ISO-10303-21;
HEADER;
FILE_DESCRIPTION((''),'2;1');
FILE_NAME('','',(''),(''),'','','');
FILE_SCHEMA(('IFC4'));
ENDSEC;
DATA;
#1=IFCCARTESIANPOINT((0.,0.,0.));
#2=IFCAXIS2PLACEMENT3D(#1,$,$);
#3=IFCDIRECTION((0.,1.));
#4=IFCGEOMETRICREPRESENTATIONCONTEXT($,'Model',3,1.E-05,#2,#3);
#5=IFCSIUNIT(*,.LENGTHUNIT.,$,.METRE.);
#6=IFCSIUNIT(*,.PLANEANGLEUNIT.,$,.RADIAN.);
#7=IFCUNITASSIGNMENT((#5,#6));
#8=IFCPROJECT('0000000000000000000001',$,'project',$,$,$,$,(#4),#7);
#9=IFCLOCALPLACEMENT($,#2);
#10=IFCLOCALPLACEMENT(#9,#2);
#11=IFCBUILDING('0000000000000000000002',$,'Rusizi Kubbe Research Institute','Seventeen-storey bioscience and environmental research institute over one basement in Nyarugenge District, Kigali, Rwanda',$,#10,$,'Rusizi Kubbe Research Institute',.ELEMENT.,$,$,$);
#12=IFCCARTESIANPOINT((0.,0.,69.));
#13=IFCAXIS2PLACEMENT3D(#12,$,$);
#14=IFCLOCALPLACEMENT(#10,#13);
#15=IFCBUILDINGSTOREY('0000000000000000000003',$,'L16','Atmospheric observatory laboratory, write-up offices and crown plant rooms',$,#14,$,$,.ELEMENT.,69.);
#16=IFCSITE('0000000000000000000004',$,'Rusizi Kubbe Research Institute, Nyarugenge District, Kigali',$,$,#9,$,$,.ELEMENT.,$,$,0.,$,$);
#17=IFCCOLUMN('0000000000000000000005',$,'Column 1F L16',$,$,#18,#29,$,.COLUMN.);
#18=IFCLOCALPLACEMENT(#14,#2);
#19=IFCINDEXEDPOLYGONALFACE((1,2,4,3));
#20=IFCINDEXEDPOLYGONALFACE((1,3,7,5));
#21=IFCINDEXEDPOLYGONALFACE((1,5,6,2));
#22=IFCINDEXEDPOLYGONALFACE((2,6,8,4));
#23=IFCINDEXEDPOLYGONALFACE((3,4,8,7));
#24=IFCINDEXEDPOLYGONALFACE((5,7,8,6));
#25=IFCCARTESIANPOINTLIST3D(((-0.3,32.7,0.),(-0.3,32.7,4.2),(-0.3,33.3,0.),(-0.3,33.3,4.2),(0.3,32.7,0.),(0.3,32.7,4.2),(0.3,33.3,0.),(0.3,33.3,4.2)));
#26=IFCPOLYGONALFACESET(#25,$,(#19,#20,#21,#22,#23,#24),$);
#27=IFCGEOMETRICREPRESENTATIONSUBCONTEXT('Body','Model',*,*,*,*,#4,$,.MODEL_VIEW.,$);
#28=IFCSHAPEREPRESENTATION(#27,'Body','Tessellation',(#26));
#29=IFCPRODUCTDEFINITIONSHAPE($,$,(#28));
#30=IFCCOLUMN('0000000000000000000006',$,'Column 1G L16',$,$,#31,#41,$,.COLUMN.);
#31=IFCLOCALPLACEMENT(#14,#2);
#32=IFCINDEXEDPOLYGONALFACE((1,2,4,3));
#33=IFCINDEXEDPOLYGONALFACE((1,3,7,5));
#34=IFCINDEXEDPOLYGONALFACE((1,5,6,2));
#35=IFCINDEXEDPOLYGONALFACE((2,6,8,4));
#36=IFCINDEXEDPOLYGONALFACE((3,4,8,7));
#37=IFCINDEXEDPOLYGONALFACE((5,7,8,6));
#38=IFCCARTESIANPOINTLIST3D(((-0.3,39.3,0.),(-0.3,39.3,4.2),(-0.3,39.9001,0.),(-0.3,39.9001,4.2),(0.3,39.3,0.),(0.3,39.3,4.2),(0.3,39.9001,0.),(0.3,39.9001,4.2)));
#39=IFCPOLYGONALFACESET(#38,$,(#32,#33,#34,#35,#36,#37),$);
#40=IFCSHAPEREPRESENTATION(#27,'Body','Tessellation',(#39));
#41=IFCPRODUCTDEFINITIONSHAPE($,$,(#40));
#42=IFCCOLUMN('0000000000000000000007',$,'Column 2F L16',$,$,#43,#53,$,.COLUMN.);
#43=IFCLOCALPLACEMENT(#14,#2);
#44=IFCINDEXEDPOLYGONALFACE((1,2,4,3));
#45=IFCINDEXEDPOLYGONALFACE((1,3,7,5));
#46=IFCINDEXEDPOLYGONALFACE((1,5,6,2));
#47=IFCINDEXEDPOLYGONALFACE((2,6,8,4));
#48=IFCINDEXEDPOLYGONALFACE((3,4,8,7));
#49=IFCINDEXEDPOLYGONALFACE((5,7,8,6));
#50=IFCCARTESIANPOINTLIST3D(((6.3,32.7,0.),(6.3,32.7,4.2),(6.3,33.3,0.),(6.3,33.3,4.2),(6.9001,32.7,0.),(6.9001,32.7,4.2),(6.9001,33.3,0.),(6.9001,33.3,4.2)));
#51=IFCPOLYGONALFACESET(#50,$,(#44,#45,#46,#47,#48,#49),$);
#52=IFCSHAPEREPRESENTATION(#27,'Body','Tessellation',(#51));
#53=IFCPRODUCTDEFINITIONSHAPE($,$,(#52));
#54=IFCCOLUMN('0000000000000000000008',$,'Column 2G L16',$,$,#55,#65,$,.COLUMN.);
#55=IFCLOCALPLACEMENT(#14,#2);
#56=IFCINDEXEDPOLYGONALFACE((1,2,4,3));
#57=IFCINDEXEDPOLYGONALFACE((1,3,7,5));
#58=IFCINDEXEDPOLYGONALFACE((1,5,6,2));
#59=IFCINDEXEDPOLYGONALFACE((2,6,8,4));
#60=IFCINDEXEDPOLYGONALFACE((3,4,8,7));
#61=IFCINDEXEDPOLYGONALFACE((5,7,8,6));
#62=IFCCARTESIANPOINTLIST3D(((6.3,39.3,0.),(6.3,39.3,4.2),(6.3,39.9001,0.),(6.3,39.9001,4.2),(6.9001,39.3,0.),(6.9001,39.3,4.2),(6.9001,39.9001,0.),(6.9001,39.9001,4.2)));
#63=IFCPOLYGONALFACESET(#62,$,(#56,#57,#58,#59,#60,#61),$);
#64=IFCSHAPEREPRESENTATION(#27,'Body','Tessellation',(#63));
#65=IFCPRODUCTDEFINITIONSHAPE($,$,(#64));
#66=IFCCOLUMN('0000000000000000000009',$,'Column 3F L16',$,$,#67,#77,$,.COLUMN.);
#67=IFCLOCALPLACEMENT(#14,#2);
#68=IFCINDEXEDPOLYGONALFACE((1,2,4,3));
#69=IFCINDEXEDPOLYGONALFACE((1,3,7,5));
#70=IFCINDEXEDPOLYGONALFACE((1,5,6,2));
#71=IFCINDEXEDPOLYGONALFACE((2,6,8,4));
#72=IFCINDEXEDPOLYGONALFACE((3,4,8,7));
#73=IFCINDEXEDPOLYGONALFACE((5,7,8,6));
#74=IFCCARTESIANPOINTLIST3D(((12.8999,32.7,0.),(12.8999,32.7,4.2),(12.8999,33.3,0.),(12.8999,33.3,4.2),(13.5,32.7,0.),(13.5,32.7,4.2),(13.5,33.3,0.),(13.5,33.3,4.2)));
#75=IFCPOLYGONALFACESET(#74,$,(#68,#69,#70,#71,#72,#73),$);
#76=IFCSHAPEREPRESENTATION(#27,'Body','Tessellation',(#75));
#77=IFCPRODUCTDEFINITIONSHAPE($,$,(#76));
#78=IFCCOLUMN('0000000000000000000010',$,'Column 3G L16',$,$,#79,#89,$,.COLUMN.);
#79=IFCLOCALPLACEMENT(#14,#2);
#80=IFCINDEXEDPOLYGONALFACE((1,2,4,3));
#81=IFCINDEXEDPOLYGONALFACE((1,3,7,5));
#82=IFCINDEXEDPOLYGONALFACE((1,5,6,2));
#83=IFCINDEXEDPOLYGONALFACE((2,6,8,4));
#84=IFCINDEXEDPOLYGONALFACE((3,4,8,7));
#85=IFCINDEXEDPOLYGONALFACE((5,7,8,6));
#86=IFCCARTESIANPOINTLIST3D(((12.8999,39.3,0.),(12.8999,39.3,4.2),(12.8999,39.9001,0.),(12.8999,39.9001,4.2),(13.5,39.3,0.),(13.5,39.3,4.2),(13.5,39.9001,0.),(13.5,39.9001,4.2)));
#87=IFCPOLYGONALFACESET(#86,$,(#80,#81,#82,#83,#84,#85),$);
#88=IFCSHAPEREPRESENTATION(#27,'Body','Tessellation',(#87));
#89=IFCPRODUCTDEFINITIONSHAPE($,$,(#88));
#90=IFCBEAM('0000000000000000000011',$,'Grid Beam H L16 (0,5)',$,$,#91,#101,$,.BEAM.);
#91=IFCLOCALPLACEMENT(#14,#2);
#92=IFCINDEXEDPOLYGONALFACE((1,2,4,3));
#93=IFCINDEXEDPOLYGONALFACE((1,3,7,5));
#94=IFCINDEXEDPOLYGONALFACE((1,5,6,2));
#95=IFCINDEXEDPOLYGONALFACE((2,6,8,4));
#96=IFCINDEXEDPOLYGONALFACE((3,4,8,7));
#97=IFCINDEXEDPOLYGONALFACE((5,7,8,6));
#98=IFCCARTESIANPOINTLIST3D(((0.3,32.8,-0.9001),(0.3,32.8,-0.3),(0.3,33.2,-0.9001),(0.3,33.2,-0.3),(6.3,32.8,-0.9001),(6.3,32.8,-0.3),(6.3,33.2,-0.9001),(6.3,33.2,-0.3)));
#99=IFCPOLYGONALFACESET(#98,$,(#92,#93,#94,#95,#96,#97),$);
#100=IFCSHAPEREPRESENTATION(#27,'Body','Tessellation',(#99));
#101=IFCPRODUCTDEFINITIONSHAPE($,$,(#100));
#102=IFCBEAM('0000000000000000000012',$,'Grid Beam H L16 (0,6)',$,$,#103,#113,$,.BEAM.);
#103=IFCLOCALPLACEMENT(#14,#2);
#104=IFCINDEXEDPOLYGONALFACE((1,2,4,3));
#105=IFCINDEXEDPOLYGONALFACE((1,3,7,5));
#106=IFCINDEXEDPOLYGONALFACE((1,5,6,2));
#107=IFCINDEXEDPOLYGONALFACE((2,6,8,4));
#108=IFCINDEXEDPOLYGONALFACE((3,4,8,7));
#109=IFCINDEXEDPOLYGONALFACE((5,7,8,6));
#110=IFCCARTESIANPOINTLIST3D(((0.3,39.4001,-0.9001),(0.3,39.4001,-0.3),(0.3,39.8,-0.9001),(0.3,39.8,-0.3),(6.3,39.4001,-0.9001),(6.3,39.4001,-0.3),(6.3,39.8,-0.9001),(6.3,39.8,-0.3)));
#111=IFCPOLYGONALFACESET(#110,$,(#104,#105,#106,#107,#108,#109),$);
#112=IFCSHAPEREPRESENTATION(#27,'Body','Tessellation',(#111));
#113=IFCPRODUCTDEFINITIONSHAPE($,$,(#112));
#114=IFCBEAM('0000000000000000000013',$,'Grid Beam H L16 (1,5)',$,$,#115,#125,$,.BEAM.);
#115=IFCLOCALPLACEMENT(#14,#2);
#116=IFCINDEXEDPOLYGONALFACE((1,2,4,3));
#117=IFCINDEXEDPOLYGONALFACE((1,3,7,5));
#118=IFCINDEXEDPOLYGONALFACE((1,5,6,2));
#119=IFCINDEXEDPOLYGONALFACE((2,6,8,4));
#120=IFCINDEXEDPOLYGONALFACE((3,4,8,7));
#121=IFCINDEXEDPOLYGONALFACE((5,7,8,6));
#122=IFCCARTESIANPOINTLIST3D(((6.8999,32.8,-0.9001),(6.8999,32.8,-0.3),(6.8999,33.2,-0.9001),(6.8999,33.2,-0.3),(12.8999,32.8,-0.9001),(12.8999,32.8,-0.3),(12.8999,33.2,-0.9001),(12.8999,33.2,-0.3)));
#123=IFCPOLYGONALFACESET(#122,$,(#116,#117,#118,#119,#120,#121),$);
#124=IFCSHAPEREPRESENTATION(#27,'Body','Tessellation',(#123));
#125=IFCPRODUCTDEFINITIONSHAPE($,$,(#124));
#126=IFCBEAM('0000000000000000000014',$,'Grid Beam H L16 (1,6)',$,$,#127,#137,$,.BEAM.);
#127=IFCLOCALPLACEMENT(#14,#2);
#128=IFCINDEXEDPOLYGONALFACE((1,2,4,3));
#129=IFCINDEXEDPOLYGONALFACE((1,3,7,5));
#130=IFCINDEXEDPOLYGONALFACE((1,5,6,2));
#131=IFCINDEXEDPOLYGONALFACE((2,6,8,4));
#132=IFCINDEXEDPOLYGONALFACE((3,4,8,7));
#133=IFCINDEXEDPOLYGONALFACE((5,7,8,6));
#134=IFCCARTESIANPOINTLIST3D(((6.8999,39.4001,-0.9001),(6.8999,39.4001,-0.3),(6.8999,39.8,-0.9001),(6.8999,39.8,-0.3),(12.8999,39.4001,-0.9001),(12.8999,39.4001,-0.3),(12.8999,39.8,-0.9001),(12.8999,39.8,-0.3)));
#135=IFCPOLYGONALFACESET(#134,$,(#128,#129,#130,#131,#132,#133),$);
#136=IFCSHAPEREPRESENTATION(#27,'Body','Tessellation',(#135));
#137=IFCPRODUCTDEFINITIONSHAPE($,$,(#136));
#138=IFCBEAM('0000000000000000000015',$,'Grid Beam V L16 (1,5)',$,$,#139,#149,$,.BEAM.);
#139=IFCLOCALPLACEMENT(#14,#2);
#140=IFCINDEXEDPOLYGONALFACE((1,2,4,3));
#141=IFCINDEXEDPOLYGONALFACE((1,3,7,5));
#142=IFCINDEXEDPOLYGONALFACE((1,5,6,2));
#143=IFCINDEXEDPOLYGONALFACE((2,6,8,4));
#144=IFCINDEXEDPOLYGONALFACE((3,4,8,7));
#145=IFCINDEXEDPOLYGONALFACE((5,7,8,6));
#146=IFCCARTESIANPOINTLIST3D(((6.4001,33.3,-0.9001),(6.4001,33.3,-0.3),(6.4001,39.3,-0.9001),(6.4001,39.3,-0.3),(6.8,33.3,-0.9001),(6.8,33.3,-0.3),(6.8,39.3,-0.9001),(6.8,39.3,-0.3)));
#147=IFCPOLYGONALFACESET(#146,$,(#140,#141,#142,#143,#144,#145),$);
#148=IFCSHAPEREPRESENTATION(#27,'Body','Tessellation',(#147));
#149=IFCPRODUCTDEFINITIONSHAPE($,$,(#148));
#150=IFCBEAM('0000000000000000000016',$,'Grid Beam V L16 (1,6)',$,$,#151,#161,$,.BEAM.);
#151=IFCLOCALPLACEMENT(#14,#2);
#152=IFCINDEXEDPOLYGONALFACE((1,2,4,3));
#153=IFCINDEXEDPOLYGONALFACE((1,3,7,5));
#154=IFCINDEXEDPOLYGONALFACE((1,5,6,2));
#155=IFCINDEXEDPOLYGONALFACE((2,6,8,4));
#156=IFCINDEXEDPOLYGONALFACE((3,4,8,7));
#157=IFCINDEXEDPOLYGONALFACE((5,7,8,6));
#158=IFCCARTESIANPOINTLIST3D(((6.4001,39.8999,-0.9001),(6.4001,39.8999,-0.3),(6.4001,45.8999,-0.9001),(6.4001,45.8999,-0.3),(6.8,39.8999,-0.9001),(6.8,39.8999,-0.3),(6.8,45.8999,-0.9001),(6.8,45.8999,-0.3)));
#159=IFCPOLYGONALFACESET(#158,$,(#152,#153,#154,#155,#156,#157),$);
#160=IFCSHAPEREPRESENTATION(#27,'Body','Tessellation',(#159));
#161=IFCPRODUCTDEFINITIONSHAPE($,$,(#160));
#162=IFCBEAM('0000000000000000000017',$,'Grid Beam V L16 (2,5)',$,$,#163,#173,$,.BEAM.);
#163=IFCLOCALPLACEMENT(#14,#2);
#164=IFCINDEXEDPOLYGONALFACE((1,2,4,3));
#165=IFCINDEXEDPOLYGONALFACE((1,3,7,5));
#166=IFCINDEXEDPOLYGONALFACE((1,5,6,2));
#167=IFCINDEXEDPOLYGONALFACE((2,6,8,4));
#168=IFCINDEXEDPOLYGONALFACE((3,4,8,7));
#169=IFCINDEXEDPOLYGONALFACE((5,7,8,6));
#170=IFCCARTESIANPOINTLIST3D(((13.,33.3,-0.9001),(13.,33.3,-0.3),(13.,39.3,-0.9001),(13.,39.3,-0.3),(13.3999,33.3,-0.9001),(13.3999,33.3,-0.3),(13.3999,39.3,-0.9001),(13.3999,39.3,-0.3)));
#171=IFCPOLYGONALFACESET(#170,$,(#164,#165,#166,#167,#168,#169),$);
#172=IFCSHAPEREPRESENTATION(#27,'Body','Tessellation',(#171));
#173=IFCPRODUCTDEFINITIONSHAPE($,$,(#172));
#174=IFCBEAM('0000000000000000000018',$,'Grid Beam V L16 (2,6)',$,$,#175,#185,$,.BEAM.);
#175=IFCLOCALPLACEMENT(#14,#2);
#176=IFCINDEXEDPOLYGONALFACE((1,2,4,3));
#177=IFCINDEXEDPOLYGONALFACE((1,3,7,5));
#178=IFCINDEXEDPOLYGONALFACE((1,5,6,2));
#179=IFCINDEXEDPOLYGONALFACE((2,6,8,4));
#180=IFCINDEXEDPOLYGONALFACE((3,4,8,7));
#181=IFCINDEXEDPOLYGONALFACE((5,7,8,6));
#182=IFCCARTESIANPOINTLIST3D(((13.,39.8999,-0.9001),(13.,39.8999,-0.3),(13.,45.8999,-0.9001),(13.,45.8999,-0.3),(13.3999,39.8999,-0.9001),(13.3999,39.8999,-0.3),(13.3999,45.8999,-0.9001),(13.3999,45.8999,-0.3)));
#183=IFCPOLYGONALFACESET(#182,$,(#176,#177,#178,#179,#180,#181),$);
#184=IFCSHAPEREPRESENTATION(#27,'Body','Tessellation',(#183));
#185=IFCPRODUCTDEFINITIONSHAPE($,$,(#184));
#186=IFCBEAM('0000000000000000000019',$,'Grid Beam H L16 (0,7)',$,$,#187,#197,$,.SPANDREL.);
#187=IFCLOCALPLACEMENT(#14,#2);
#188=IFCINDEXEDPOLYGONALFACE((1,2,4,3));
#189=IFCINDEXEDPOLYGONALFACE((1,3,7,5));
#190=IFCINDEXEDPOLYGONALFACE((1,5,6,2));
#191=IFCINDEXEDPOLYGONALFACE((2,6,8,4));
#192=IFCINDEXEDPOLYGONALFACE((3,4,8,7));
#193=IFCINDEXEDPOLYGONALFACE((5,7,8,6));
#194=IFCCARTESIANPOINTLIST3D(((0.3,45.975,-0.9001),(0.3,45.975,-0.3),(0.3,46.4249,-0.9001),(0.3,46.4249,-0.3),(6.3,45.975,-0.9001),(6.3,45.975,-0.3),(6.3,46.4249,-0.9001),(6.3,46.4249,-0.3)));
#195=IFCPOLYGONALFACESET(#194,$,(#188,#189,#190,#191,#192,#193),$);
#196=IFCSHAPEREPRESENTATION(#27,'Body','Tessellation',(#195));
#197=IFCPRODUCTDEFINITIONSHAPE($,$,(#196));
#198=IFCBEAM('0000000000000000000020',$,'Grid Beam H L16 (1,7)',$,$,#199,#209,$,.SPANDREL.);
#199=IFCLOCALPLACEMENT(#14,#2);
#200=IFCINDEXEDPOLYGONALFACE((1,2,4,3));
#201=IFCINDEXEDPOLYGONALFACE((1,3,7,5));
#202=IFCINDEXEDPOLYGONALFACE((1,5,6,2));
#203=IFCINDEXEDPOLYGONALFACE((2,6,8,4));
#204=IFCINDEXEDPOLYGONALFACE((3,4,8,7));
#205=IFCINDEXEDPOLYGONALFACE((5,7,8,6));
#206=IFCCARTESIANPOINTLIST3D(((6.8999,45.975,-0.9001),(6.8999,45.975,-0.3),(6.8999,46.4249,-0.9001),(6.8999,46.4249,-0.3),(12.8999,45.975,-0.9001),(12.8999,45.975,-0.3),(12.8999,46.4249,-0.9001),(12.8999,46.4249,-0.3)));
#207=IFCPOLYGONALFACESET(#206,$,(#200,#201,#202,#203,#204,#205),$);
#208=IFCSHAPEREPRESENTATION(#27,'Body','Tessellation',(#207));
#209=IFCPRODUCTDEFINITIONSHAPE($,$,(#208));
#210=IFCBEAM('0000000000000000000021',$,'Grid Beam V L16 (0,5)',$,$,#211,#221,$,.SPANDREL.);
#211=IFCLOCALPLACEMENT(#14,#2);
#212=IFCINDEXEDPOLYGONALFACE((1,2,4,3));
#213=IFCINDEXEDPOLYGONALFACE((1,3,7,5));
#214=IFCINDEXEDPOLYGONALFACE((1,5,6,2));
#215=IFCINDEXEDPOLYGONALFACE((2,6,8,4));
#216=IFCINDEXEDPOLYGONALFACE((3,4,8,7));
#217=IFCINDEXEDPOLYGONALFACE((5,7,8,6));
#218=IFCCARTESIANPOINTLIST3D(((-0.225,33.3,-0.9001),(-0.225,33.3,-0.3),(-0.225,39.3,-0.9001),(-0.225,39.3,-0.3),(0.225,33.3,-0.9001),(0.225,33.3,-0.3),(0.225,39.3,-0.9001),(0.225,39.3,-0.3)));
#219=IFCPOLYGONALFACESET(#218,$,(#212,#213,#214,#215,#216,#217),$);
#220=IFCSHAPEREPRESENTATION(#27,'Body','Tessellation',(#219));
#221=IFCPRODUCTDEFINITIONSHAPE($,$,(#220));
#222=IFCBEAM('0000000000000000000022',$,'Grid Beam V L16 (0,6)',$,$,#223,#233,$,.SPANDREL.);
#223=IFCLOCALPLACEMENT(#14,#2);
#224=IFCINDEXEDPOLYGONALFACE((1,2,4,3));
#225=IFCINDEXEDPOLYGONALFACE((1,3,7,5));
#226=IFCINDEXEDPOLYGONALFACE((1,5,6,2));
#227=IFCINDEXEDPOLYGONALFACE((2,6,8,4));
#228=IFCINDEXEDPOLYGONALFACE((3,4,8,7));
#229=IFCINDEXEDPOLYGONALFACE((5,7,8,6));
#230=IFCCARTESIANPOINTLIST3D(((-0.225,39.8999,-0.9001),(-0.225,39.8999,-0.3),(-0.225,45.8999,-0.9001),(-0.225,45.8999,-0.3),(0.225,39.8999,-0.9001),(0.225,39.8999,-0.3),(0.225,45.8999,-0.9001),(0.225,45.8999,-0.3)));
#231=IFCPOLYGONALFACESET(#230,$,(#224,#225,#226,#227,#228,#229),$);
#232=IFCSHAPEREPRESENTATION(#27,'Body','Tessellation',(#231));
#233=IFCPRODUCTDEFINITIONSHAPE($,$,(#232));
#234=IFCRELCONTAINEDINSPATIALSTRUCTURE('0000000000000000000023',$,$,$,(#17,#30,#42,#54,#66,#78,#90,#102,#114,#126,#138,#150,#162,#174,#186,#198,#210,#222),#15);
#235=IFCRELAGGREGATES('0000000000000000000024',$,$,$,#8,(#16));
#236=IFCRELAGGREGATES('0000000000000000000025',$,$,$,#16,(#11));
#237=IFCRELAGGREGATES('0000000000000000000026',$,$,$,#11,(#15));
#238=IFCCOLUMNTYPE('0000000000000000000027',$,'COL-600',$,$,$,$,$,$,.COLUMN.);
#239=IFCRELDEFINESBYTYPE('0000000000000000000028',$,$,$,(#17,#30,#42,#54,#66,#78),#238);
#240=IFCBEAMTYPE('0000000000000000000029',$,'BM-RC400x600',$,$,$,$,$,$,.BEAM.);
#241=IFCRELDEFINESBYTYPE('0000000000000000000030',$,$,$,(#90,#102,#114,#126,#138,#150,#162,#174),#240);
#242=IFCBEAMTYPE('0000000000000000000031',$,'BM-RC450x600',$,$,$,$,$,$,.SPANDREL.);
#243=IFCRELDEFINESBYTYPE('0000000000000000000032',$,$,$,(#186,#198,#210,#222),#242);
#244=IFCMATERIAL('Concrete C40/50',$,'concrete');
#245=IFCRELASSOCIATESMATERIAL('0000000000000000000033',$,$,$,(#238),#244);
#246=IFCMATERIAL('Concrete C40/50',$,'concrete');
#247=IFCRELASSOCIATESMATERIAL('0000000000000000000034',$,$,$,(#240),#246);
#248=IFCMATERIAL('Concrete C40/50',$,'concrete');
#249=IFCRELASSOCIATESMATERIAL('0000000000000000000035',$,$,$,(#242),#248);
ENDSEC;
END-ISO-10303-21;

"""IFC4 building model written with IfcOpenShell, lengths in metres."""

from ifc_helpers import new_model, si_unit, direction, frame, origin, origin_2d, place, context, subcontext, project, spatial, rectangle, extrude, material, material_profile, profile_set, type_object, element, save


model = new_model("IFC4")

# Units and contexts
model_context = context("Model", 3, precision=1e-05, world=origin(), true_north=direction((0.0, 1.0)))
body_context = subcontext(model_context, "Body", "Model", "MODEL_VIEW")
ifc_project = project(units=[si_unit("LENGTHUNIT", "METRE"), si_unit("PLANEANGLEUNIT", "RADIAN")], contexts=[model_context])

# Site, building, storey
site_placement = place(None, origin())
site = spatial("IfcSite", under=ifc_project, at=site_placement, Name="Rusizi Kubbe Research Institute, Nyarugenge District, Kigali", CompositionType="ELEMENT", RefElevation=0.0)
building_placement = place(site_placement, origin())
building = spatial("IfcBuilding", under=site, at=building_placement, Name="Rusizi Kubbe Research Institute", Description="Seventeen-storey bioscience and environmental research institute over one basement in Nyarugenge District, Kigali, Rwanda", LongName="Rusizi Kubbe Research Institute", CompositionType="ELEMENT")
storey_placement = place(building_placement, frame((0.0, 0.0, 69.0)))
storey = spatial("IfcBuildingStorey", under=building, at=storey_placement, Name="L16", Description="Atmospheric observatory laboratory, write-up offices and crown plant rooms", CompositionType="ELEMENT", Elevation=69.0)

# Columns
ifc_material_1 = material(Name="Concrete C40/50", Category="concrete")
ifc_material_profile_1 = material_profile(ifc_material_1, rectangle(XDim=0.6001, YDim=0.6001, at=origin_2d()), Name="RC600x600")
ifc_profile_set_1 = profile_set([ifc_material_profile_1], Name="Concrete C40/50")
column_type = type_object("IfcColumnType", Name="COL-600", PredefinedType="COLUMN", material=ifc_profile_set_1)
for number, where, z_axis, x_axis, name in (
    (1, (0.0, 33.0, 0.0), (0.0, 0.0, 1.0), (1.0, 0.0, 0.0), "Column 1F L16"),
    (2, (0.0, 39.6001, 0.0), (0.0, 0.0, 1.0), (1.0, 0.0, 0.0), "Column 1G L16"),
    (3, (6.6001, 33.0, 0.0), (0.0, 0.0, 1.0), (1.0, 0.0, 0.0), "Column 2F L16"),
    (4, (6.6001, 39.6001, 0.0), (0.0, 0.0, 1.0), (1.0, 0.0, 0.0), "Column 2G L16"),
    (5, (13.2, 33.0, 0.0), (0.0, 0.0, 1.0), (1.0, 0.0, 0.0), "Column 3F L16"),
    (6, (13.2, 39.6001, 0.0), (0.0, 0.0, 1.0), (1.0, 0.0, 0.0), "Column 3G L16"),
):
    element("IfcColumn", number, at=place(storey_placement, frame(where, z_axis=z_axis, x_axis=x_axis)), inside=storey, type_object=column_type, Name=name, PredefinedType="COLUMN", context=body_context, shape_type="SweptSolid", body=[
        extrude(rectangle(XDim=0.6001, YDim=0.6001, at=origin_2d()), origin(), (0.0, 0.0, 1.0), 4.2),
    ])

# Beams
ifc_material_2 = material(Name="Concrete C40/50", Category="concrete")
ifc_material_profile_2 = material_profile(ifc_material_2, rectangle(XDim=0.3999, YDim=0.6001, at=origin_2d()), Name="RC400x600")
ifc_profile_set_2 = profile_set([ifc_material_profile_2], Name="Concrete C40/50")
beam_type_1 = type_object("IfcBeamType", Name="BM-RC400x600", PredefinedType="BEAM", material=ifc_profile_set_2)
for number, where, z_axis, x_axis, name in (
    (7, (0.3, 33.0, -0.6001), (1.0, 0.0, 0.0), (0.0, 1.0, 0.0), "Grid Beam H L16 (0,5)"),
    (8, (0.3, 39.6001, -0.6001), (1.0, 0.0, 0.0), (0.0, 1.0, 0.0), "Grid Beam H L16 (0,6)"),
    (9, (6.8999, 33.0, -0.6001), (1.0, 0.0, 0.0), (0.0, 1.0, 0.0), "Grid Beam H L16 (1,5)"),
    (10, (6.8999, 39.6001, -0.6001), (1.0, 0.0, 0.0), (0.0, 1.0, 0.0), "Grid Beam H L16 (1,6)"),
    (11, (6.6001, 33.3, -0.6001), (0.0, 1.0, 0.0), (-1.0, 0.0, 0.0), "Grid Beam V L16 (1,5)"),
    (12, (6.6001, 39.8999, -0.6001), (0.0, 1.0, 0.0), (-1.0, 0.0, 0.0), "Grid Beam V L16 (1,6)"),
    (13, (13.2, 33.3, -0.6001), (0.0, 1.0, 0.0), (-1.0, 0.0, 0.0), "Grid Beam V L16 (2,5)"),
    (14, (13.2, 39.8999, -0.6001), (0.0, 1.0, 0.0), (-1.0, 0.0, 0.0), "Grid Beam V L16 (2,6)"),
):
    element("IfcBeam", number, at=place(storey_placement, frame(where, z_axis=z_axis, x_axis=x_axis)), inside=storey, type_object=beam_type_1, Name=name, PredefinedType="BEAM", context=body_context, shape_type="SweptSolid", body=[
        extrude(rectangle(XDim=0.3999, YDim=0.6001, at=origin_2d()), origin(), (0.0, 0.0, 1.0), 6.0),
    ])
ifc_material_3 = material(Name="Concrete C40/50", Category="concrete")
ifc_material_profile_3 = material_profile(ifc_material_3, rectangle(XDim=0.45, YDim=0.6001, at=origin_2d()), Name="RC450x600")
ifc_profile_set_3 = profile_set([ifc_material_profile_3], Name="Concrete C40/50")
beam_type_2 = type_object("IfcBeamType", Name="BM-RC450x600", PredefinedType="SPANDREL", material=ifc_profile_set_3)
for number, where, z_axis, x_axis, name in (
    (15, (0.3, 46.2, -0.6001), (1.0, 0.0, 0.0), (0.0, 1.0, 0.0), "Grid Beam H L16 (0,7)"),
    (16, (6.8999, 46.2, -0.6001), (1.0, 0.0, 0.0), (0.0, 1.0, 0.0), "Grid Beam H L16 (1,7)"),
    (17, (0.0, 33.3, -0.6001), (0.0, 1.0, 0.0), (-1.0, 0.0, 0.0), "Grid Beam V L16 (0,5)"),
    (18, (0.0, 39.8999, -0.6001), (0.0, 1.0, 0.0), (-1.0, 0.0, 0.0), "Grid Beam V L16 (0,6)"),
):
    element("IfcBeam", number, at=place(storey_placement, frame(where, z_axis=z_axis, x_axis=x_axis)), inside=storey, type_object=beam_type_2, Name=name, PredefinedType="SPANDREL", context=body_context, shape_type="SweptSolid", body=[
        extrude(rectangle(XDim=0.45, YDim=0.6001, at=origin_2d()), origin(), (0.0, 0.0, 1.0), 6.0),
    ])

save(model, "model.ifc")
